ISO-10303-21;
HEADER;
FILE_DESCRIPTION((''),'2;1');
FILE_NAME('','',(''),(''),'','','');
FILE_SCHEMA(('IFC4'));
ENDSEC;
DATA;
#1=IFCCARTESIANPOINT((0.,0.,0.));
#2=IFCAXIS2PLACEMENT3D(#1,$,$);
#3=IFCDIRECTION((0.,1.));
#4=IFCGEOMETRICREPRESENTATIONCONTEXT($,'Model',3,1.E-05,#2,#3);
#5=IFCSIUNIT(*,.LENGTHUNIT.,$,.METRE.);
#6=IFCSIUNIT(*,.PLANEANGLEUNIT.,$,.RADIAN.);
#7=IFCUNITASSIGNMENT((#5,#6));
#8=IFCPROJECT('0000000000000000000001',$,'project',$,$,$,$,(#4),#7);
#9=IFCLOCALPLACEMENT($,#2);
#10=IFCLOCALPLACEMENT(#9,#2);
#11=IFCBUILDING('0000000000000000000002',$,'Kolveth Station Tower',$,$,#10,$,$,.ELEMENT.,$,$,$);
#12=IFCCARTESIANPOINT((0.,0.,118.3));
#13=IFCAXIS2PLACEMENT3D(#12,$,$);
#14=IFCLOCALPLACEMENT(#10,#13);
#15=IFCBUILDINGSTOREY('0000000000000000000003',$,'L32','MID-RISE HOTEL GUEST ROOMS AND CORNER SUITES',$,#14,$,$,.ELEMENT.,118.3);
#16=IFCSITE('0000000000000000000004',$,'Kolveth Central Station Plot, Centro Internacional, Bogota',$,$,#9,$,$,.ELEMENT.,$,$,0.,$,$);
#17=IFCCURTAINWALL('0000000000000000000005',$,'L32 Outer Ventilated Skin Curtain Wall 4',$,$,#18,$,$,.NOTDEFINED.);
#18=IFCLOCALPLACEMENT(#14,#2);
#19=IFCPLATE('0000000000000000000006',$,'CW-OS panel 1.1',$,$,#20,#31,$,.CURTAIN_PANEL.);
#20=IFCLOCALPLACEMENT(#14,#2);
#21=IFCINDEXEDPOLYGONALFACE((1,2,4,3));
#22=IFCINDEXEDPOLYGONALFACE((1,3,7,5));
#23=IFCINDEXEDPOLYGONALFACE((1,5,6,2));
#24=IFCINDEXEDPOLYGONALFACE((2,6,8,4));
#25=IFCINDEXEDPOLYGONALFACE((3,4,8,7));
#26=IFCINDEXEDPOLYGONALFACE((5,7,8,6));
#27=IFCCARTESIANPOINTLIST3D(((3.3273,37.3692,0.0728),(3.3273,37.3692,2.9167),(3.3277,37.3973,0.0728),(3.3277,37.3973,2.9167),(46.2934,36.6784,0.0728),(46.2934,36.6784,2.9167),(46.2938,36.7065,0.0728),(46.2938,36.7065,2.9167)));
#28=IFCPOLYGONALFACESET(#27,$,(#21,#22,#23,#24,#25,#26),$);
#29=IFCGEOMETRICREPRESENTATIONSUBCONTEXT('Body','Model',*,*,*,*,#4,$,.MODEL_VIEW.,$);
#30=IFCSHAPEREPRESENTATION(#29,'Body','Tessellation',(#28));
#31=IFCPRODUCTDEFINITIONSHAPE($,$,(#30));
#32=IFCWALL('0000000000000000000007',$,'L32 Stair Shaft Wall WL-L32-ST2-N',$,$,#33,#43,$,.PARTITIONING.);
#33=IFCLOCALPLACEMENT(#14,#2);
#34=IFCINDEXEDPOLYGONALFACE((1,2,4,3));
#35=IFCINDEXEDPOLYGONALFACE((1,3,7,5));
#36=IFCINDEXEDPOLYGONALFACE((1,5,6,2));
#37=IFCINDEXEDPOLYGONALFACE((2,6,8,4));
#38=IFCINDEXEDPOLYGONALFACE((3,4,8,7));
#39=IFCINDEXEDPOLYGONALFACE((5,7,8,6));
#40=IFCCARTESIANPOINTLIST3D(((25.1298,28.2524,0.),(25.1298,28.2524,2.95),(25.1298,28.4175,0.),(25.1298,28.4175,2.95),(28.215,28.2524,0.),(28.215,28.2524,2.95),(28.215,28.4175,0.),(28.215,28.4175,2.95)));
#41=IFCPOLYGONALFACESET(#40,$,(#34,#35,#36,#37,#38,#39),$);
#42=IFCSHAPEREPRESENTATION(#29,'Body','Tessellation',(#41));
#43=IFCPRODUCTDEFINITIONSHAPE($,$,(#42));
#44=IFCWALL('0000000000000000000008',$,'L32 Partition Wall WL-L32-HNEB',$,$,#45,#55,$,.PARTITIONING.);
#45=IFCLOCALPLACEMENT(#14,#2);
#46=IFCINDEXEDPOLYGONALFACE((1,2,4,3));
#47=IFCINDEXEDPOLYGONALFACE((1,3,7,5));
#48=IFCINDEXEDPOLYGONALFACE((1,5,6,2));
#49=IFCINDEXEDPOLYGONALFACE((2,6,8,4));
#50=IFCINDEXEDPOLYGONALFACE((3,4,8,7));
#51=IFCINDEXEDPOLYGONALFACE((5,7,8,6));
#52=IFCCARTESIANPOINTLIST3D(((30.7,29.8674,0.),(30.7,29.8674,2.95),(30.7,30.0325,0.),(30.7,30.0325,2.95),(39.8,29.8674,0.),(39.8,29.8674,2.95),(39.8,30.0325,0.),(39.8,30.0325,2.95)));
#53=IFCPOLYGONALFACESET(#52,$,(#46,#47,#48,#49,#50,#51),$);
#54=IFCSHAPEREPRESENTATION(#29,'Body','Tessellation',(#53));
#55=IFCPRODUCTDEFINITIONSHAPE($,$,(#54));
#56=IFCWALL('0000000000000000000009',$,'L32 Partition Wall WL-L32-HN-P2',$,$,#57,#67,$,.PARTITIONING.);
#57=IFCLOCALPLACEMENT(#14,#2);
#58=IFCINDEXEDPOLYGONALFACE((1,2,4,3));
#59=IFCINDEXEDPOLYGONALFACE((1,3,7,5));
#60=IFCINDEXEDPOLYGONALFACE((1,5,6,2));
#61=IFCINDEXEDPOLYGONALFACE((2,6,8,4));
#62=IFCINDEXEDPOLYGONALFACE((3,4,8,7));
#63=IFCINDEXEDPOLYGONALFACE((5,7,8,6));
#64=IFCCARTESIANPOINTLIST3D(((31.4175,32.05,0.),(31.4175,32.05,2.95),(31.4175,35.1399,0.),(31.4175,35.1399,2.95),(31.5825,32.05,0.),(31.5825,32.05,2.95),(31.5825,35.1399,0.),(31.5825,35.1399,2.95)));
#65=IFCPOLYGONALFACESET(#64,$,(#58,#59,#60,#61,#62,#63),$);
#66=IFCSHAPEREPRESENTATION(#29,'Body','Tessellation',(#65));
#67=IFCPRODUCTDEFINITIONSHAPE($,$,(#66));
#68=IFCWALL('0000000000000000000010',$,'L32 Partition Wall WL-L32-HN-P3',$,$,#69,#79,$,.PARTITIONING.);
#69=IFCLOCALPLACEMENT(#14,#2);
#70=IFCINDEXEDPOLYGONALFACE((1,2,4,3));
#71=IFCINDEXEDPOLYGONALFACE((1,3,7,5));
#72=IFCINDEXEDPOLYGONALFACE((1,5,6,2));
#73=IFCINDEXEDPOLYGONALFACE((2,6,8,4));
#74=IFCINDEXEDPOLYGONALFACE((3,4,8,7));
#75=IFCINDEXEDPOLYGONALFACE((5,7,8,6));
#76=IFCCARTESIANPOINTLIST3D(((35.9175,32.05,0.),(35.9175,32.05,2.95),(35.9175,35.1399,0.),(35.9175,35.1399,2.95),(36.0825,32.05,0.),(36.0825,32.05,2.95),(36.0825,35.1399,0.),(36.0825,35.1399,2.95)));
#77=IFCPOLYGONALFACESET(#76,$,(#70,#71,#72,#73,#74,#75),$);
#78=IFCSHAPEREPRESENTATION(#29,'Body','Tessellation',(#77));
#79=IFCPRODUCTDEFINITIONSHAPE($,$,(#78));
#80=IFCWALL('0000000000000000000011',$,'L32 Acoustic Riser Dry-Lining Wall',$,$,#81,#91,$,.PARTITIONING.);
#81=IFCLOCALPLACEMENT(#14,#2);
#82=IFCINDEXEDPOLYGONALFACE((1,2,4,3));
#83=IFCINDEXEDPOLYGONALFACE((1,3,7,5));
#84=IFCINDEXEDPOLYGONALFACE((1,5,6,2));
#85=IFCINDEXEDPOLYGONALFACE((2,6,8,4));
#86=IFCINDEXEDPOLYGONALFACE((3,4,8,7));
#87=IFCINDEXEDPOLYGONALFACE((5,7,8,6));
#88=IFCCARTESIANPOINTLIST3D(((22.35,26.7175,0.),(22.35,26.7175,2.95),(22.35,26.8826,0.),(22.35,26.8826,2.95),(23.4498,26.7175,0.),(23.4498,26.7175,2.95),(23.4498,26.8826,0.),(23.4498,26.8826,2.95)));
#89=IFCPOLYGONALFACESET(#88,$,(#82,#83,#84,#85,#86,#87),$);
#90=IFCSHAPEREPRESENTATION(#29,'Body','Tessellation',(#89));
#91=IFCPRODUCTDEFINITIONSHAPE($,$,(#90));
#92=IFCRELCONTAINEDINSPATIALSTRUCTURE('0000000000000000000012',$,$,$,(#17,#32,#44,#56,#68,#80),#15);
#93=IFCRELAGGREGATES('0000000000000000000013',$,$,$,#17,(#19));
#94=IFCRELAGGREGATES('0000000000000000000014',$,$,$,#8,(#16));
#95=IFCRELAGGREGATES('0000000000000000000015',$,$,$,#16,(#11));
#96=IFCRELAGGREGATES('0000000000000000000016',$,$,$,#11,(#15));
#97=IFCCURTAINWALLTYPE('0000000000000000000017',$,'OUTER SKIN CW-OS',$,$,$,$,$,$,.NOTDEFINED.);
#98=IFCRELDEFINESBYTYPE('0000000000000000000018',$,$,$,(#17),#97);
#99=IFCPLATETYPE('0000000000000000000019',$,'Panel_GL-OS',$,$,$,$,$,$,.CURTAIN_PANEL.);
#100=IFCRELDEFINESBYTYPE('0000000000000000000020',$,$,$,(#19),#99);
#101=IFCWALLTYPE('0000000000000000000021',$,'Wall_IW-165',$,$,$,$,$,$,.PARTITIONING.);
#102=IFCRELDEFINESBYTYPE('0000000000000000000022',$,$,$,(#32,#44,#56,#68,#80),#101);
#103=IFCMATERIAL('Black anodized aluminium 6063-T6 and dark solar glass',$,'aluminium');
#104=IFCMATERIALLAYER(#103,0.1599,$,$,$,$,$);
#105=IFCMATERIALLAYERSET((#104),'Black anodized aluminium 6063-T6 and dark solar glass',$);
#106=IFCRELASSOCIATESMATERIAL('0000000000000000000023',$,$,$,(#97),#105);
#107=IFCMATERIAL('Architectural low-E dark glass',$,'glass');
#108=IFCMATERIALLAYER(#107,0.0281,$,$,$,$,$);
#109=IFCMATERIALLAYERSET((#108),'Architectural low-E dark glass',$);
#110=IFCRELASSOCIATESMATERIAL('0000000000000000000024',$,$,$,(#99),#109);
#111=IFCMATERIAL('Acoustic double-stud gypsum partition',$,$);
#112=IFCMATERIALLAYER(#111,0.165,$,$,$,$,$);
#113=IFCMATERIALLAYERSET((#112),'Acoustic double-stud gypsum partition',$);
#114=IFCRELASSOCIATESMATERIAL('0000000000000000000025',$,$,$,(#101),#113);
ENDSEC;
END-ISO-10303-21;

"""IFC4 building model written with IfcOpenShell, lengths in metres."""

from ifc_helpers import new_model, si_unit, direction, frame, frame_2d, origin, origin_2d, place, context, subcontext, project, spatial, rectangle, extrude, source, transform, mapped, material, layer, layer_set, type_object, element, aggregate, save


model = new_model("IFC4")

# Units and contexts
model_context = context("Model", 3, precision=1e-05, world=origin(), true_north=direction((0.0, 1.0)))
body_context = subcontext(model_context, "Body", "Model", "MODEL_VIEW")
ifc_project = project(units=[si_unit("LENGTHUNIT", "METRE"), si_unit("PLANEANGLEUNIT", "RADIAN")], contexts=[model_context])

# Site, building, storey
site_placement = place(None, origin())
site = spatial("IfcSite", under=ifc_project, at=site_placement, Name="Kolveth Central Station Plot, Centro Internacional, Bogota", CompositionType="ELEMENT", RefElevation=0.0)
building_placement = place(site_placement, origin())
building = spatial("IfcBuilding", under=site, at=building_placement, Name="Kolveth Station Tower", CompositionType="ELEMENT")
storey_placement = place(building_placement, frame((0.0, 0.0, 118.3)))
storey = spatial("IfcBuildingStorey", under=building, at=storey_placement, Name="L32", Description="MID-RISE HOTEL GUEST ROOMS AND CORNER SUITES", CompositionType="ELEMENT", Elevation=118.3)

# Shared definitions
ifc_material_1 = material(Name="Architectural low-E dark glass", Category="glass")

# Curtain wall, plate
ifc_material_2 = material(Name="Black anodized aluminium 6063-T6 and dark solar glass", Category="aluminium")
ifc_layer_1 = layer(ifc_material_2, 0.1599)
ifc_layer_set_1 = layer_set([ifc_layer_1], Name="Black anodized aluminium 6063-T6 and dark solar glass")
curtain_wall_type_1 = type_object("IfcCurtainWallType", Name="OUTER SKIN CW-OS", PredefinedType="NOTDEFINED", material=ifc_layer_set_1)
curtain_wall_1_placement = place(storey_placement, origin())
curtain_wall_1 = element("IfcCurtainWall", 1, at=curtain_wall_1_placement, inside=storey, type_object=curtain_wall_type_1, Name="L32 Outer Ventilated Skin Curtain Wall 4", PredefinedType="NOTDEFINED")
ifc_layer_2 = layer(ifc_material_1, 0.0281)
ifc_layer_set_2 = layer_set([ifc_layer_2], Name="Architectural low-E dark glass")
plate_type_1 = type_object("IfcPlateType", Name="Panel_GL-OS", PredefinedType="CURTAIN_PANEL", material=ifc_layer_set_2)
shared_shape_1 = source(origin(), body_context, "Body", "SweptSolid", [
    extrude(rectangle(XDim=42.9717, YDim=0.0281, at=origin_2d()), origin(), (0.0, 0.0, 1.0), 2.844),
])
plate_1_placement = place(storey_placement, frame((24.8105, 37.0378, 0.0728), z_axis=(0.0, 0.0, 1.0), x_axis=(-0.999871, 0.016076, 0.0)))
plate_1 = element("IfcPlate", 2, at=plate_1_placement, type_object=plate_type_1, Name="CW-OS panel 1.1", PredefinedType="CURTAIN_PANEL", context=body_context, shape_type="MappedRepresentation", body=[
    mapped(shared_shape_1, transform((0.0, 0.0, 0.0), x_axis=(1.0, 0.0, 0.0), y_axis=(0.0, 1.0, 0.0), z_axis=(0.0, 0.0, 1.0), scale=1.0)),
])
aggregate(curtain_wall_1, [plate_1])

# Walls
ifc_material_3 = material(Name="Acoustic double-stud gypsum partition")
ifc_layer_3 = layer(ifc_material_3, 0.165)
ifc_layer_set_3 = layer_set([ifc_layer_3], Name="Acoustic double-stud gypsum partition")
wall_type = type_object("IfcWallType", Name="Wall_IW-165", PredefinedType="PARTITIONING", material=ifc_layer_set_3)
wall_1_placement = place(storey_placement, frame((25.1299, 28.335, 0.0), z_axis=(0.0, 0.0, 1.0), x_axis=(1.0, 0.0, 0.0)))
element("IfcWall", 3, at=wall_1_placement, inside=storey, type_object=wall_type, Name="L32 Stair Shaft Wall WL-L32-ST2-N", PredefinedType="PARTITIONING", context=body_context, shape_type="SweptSolid", body=[
    extrude(rectangle(XDim=3.0852, YDim=0.165, at=frame_2d((1.5425, 0.0))), origin(), (0.0, 0.0, 1.0), 2.95),
])
wall_2_placement = place(storey_placement, frame((30.7, 29.95, 0.0), z_axis=(0.0, 0.0, 1.0), x_axis=(1.0, 0.0, 0.0)))
element("IfcWall", 4, at=wall_2_placement, inside=storey, type_object=wall_type, Name="L32 Partition Wall WL-L32-HNEB", PredefinedType="PARTITIONING", context=body_context, shape_type="SweptSolid", body=[
    extrude(rectangle(XDim=9.1001, YDim=0.165, at=frame_2d((4.55, 0.0))), origin(), (0.0, 0.0, 1.0), 2.95),
])
for number, where, z_axis, x_axis, name in (
    (5, (31.5, 32.05, 0.0), (0.0, 0.0, 1.0), (0.0, 1.0, 0.0), "L32 Partition Wall WL-L32-HN-P2"),
    (6, (36.0, 32.05, 0.0), (0.0, 0.0, 1.0), (0.0, 1.0, 0.0), "L32 Partition Wall WL-L32-HN-P3"),
):
    element("IfcWall", number, at=place(storey_placement, frame(where, z_axis=z_axis, x_axis=x_axis)), inside=storey, type_object=wall_type, Name=name, PredefinedType="PARTITIONING", context=body_context, shape_type="SweptSolid", body=[
        extrude(rectangle(XDim=3.0898, YDim=0.165, at=frame_2d((1.5449, 0.0))), origin(), (0.0, 0.0, 1.0), 2.95),
    ])
wall_3_placement = place(storey_placement, frame((22.3501, 26.8, 0.0), z_axis=(0.0, 0.0, 1.0), x_axis=(1.0, 0.0, 0.0)))
element("IfcWall", 7, at=wall_3_placement, inside=storey, type_object=wall_type, Name="L32 Acoustic Riser Dry-Lining Wall", PredefinedType="PARTITIONING", context=body_context, shape_type="SweptSolid", body=[
    extrude(rectangle(XDim=1.0999, YDim=0.165, at=frame_2d((0.5498, 0.0))), origin(), (0.0, 0.0, 1.0), 2.95),
])

save(model, "model.ifc")
